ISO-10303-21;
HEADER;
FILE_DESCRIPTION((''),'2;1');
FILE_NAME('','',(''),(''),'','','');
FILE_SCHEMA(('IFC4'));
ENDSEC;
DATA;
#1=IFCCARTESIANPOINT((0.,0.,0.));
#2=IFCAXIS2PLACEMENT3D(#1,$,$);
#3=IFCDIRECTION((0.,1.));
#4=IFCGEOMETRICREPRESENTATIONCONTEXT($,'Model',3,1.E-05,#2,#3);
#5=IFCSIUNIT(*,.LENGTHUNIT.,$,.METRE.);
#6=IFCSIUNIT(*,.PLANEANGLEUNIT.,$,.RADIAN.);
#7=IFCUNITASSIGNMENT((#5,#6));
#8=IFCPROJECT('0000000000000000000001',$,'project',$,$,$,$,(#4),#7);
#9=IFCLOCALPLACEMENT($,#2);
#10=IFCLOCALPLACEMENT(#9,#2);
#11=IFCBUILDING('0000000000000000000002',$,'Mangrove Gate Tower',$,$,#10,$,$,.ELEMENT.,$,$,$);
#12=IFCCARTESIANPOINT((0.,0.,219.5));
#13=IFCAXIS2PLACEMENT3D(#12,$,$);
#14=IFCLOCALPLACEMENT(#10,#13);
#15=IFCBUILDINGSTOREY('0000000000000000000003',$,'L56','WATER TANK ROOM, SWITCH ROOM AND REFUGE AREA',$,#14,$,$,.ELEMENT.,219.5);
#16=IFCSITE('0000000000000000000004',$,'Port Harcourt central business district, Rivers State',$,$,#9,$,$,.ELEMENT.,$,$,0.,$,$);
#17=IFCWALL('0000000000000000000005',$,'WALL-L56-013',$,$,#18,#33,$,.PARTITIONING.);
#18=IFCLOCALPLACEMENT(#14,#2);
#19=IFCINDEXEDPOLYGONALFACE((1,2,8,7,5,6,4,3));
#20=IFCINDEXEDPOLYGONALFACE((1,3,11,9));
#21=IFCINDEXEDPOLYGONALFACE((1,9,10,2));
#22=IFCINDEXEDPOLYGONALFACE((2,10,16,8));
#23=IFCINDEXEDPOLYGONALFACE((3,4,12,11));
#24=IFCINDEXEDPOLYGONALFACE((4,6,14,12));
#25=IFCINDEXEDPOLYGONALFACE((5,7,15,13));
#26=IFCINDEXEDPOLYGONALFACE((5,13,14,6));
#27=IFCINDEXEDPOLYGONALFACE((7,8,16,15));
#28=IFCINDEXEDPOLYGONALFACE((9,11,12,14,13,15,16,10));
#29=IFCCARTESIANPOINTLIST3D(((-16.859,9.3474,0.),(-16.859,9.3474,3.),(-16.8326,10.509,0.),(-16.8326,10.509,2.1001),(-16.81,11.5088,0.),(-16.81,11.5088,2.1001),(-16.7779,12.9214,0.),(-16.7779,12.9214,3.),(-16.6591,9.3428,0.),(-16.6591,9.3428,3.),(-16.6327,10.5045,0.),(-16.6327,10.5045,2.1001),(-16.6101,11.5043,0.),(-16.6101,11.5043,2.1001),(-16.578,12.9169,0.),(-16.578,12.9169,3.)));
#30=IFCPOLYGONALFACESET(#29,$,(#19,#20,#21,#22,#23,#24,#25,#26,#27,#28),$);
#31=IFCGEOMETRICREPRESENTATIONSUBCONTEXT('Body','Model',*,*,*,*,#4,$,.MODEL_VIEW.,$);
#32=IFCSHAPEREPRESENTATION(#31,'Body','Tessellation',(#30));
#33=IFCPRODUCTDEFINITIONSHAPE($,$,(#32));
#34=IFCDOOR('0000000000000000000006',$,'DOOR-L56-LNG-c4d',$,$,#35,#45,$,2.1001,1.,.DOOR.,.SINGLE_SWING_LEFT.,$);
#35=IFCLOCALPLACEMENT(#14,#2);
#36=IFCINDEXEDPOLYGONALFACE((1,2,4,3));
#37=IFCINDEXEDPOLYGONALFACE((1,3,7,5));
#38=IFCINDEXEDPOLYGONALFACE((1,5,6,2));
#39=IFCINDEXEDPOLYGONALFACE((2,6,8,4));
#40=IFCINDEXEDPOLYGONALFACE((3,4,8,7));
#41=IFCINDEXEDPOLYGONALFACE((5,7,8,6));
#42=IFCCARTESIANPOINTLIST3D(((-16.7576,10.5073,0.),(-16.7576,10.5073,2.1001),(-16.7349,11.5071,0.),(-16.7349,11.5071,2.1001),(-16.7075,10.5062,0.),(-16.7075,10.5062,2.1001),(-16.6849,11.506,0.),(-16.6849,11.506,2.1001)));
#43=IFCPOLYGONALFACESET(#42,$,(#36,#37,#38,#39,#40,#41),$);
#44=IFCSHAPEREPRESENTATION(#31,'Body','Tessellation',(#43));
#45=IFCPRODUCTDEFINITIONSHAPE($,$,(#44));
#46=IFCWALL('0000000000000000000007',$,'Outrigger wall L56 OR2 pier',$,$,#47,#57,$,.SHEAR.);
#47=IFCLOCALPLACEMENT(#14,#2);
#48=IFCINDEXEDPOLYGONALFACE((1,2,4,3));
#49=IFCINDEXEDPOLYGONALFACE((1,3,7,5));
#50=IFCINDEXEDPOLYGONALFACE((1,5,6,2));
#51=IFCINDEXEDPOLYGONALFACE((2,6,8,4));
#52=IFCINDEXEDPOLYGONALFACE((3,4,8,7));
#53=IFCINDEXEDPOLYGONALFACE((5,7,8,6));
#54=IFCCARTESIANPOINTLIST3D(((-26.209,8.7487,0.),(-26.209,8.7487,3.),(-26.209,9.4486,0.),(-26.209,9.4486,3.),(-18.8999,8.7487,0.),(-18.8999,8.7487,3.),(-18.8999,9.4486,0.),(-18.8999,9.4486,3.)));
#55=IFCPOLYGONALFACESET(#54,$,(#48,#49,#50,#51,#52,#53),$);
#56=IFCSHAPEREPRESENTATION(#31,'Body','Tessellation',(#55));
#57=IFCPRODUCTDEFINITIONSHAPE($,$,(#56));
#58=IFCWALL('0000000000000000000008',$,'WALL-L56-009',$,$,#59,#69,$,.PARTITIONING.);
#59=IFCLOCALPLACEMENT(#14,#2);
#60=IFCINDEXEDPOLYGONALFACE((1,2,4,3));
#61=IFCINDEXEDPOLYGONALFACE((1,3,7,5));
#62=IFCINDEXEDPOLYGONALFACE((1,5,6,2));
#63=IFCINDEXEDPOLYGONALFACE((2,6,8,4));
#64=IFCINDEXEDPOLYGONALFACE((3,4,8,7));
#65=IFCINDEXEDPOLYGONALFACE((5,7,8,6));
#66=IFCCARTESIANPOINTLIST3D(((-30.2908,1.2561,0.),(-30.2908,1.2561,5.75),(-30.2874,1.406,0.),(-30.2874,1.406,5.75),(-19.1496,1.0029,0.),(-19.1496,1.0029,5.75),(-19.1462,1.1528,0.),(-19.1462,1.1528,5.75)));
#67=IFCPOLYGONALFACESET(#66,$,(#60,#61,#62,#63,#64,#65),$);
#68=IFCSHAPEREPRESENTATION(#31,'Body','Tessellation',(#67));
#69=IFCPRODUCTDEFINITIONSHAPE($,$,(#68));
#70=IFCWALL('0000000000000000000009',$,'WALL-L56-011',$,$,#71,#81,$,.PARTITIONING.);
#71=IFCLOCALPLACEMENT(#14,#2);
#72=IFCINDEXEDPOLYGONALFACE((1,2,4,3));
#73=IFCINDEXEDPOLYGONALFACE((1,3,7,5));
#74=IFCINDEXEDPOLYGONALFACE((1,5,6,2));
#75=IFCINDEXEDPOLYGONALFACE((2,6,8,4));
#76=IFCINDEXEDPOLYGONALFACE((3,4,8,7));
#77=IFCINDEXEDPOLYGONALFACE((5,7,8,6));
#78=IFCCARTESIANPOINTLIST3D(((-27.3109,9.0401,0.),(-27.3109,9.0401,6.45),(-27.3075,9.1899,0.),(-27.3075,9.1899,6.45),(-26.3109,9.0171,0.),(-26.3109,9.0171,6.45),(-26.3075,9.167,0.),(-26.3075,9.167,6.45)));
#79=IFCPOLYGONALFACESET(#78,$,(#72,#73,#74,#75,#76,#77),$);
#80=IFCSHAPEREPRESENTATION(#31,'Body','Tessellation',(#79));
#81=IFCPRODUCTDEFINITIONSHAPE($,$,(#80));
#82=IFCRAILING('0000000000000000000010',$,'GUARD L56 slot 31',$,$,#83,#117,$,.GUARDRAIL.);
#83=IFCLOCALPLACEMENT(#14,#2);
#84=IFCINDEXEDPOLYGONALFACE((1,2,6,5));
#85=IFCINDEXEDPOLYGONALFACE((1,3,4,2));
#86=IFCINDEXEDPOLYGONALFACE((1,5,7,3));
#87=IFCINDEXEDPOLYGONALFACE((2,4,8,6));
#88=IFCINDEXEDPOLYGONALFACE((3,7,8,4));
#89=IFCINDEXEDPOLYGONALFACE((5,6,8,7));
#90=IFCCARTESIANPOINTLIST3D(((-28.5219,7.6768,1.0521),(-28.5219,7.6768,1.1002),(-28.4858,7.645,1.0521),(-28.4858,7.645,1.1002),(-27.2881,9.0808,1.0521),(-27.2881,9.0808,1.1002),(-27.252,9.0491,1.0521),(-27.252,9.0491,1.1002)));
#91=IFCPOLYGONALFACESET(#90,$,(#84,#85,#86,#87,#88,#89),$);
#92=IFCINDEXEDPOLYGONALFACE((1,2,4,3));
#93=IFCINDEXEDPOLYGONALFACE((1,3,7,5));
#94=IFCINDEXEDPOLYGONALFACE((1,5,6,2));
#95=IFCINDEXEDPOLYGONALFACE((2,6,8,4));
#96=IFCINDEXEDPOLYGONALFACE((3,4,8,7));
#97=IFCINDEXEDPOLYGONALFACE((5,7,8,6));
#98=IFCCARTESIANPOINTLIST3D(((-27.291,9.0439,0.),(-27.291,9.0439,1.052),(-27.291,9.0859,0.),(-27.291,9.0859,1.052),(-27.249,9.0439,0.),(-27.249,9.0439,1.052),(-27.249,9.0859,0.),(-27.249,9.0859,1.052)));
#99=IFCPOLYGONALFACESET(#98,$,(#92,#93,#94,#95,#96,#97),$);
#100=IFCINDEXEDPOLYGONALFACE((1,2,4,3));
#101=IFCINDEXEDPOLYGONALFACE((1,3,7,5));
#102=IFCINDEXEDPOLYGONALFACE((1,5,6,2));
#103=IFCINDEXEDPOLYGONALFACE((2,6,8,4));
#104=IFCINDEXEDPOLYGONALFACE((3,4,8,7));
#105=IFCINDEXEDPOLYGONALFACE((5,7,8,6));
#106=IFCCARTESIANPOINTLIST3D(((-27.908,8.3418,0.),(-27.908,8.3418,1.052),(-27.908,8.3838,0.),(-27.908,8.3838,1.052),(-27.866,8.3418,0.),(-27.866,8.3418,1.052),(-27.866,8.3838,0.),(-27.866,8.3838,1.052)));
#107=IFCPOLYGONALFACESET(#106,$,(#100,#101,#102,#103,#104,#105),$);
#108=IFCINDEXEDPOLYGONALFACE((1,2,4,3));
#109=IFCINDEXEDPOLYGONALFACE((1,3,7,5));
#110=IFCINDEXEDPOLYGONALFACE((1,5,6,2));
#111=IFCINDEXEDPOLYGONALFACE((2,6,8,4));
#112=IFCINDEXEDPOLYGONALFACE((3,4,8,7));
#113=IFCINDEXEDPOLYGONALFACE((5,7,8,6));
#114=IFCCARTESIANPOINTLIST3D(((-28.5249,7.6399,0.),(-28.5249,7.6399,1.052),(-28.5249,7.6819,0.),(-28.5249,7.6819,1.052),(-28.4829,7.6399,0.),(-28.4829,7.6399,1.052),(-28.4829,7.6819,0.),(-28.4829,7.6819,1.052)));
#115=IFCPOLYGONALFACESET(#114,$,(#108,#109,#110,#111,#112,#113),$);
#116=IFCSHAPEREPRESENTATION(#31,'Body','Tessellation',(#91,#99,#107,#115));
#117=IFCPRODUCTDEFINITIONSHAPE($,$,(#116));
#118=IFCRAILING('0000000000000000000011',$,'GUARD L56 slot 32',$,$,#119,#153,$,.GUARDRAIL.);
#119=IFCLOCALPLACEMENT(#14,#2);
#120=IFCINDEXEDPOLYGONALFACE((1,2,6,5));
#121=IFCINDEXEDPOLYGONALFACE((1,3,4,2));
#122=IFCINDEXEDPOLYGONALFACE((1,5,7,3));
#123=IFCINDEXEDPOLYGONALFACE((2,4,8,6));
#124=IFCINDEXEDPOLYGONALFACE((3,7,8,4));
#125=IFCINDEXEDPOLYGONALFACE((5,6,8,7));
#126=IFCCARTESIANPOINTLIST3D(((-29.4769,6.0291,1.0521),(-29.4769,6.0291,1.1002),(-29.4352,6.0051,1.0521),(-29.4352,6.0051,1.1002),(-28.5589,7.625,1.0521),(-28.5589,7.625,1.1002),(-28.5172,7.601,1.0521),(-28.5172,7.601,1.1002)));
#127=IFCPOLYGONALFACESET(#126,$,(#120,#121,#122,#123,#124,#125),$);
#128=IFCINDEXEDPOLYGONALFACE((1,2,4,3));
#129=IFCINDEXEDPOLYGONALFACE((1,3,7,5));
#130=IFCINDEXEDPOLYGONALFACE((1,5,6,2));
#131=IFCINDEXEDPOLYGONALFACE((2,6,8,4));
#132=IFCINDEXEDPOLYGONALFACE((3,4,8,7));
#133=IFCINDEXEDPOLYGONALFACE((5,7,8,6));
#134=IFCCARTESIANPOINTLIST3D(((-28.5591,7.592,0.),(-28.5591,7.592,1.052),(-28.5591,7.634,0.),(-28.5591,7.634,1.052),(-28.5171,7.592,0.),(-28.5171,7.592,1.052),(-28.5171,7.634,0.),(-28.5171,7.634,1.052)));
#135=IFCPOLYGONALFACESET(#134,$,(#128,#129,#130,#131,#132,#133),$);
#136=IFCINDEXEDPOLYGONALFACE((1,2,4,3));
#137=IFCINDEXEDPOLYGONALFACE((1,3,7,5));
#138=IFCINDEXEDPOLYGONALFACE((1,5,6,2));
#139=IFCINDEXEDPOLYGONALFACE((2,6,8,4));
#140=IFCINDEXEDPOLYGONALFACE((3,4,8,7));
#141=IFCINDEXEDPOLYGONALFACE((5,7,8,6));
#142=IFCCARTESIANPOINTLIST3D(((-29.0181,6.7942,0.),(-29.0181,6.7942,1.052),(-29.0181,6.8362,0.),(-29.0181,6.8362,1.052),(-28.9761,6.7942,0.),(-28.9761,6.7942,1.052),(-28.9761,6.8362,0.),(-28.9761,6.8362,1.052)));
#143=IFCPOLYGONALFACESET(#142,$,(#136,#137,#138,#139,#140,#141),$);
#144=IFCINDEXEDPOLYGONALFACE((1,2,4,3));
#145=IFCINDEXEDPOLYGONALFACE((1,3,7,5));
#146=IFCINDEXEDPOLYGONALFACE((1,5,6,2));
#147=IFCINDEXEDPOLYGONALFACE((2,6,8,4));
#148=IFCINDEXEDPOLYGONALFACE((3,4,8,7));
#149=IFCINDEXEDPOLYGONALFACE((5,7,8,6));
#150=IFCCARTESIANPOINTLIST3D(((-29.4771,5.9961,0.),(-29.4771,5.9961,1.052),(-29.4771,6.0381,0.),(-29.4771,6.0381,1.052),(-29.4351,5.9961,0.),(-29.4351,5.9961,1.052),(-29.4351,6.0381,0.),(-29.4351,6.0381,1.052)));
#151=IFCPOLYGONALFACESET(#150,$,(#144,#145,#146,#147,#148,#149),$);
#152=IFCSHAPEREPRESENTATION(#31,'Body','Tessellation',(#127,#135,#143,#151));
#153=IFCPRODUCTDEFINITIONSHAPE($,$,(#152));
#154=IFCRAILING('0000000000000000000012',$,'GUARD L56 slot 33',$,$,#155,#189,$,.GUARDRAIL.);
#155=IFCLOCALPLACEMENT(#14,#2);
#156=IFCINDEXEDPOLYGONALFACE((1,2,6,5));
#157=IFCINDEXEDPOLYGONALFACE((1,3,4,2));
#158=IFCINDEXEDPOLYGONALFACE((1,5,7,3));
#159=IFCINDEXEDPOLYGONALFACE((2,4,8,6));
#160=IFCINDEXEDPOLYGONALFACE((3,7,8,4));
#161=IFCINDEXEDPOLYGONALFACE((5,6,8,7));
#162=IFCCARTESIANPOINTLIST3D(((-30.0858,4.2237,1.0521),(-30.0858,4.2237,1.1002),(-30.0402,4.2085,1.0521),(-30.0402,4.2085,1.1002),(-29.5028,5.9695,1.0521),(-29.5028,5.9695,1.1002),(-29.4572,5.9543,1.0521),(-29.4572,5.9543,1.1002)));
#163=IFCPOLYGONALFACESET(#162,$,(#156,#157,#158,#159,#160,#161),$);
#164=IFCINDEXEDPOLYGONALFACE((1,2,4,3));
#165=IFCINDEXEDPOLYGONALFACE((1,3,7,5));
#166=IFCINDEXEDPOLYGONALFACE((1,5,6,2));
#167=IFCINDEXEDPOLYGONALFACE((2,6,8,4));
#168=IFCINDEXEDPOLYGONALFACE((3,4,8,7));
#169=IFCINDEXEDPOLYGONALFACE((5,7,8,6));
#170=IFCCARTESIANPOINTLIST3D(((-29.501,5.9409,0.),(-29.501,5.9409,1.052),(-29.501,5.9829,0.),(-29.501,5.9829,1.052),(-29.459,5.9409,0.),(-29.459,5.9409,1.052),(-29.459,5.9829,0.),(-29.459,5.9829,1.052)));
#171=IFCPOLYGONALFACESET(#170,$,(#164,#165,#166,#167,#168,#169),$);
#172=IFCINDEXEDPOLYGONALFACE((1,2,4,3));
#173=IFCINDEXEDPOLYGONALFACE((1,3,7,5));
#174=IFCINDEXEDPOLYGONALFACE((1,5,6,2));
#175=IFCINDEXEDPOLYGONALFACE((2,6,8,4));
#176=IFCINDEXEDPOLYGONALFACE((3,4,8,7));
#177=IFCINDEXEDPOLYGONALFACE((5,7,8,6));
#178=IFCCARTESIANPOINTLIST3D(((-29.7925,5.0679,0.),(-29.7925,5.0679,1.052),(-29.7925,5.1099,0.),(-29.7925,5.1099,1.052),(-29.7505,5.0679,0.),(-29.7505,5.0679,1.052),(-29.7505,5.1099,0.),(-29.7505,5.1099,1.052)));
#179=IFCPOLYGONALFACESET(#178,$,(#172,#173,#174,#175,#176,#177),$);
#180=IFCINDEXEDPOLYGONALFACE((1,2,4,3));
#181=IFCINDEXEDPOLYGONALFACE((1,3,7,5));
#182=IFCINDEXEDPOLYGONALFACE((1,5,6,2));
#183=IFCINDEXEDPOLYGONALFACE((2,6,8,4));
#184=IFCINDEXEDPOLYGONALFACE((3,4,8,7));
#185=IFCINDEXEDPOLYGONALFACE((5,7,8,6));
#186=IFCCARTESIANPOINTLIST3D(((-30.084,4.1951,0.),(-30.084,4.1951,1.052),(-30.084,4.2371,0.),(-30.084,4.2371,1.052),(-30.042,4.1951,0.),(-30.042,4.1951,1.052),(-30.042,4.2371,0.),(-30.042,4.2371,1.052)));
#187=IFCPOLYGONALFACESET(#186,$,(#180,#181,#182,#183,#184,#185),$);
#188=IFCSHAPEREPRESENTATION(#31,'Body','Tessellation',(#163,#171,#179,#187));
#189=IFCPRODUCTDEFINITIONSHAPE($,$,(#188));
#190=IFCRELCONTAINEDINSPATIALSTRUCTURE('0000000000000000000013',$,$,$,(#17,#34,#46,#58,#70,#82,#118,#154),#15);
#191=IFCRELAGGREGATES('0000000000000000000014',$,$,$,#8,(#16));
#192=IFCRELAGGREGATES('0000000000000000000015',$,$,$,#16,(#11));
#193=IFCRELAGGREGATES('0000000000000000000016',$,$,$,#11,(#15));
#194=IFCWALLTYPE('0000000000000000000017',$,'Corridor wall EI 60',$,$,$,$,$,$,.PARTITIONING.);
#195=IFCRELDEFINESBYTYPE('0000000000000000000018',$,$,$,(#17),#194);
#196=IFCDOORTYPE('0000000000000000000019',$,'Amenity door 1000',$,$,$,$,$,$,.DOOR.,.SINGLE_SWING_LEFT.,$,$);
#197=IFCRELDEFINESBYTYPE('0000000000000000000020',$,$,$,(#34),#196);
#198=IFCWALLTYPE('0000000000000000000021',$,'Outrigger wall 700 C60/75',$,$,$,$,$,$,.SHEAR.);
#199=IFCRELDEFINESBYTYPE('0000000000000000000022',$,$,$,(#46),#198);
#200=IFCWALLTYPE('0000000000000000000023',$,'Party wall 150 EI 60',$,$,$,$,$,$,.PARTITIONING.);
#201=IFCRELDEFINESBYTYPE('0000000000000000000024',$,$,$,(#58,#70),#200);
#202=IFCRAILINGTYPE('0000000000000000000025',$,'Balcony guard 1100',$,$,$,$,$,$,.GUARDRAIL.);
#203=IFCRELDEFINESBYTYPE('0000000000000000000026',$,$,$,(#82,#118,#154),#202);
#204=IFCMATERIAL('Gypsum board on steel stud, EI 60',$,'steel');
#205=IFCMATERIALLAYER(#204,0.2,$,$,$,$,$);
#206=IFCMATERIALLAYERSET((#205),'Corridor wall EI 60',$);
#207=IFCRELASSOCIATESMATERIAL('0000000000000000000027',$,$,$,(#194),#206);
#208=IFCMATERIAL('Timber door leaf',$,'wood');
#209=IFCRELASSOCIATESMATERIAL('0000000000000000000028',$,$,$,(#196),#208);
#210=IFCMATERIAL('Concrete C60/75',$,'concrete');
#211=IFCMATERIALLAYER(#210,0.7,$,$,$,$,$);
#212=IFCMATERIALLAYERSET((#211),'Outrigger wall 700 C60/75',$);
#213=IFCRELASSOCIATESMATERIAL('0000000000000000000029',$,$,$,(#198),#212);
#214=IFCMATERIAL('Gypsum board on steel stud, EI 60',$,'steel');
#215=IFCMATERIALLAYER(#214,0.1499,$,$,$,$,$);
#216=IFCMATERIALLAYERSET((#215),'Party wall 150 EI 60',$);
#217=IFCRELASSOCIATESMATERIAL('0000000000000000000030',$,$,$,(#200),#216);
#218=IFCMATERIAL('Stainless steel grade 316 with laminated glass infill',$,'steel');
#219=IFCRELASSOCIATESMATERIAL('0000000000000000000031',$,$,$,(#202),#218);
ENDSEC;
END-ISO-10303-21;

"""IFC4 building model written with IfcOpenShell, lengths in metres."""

from ifc_helpers import new_model, si_unit, direction, frame, frame_2d, origin, origin_2d, place, context, subcontext, project, spatial, rectangle, extrude, material, layer, layer_set, type_object, element, fill, save


model = new_model("IFC4")

# Units and contexts
model_context = context("Model", 3, precision=1e-05, world=origin(), true_north=direction((0.0, 1.0)))
body_context = subcontext(model_context, "Body", "Model", "MODEL_VIEW")
ifc_project = project(units=[si_unit("LENGTHUNIT", "METRE"), si_unit("PLANEANGLEUNIT", "RADIAN")], contexts=[model_context])

# Site, building, storey
site_placement = place(None, origin())
site = spatial("IfcSite", under=ifc_project, at=site_placement, Name="Port Harcourt central business district, Rivers State", CompositionType="ELEMENT", RefElevation=0.0)
building_placement = place(site_placement, origin())
building = spatial("IfcBuilding", under=site, at=building_placement, Name="Mangrove Gate Tower", CompositionType="ELEMENT")
storey_placement = place(building_placement, frame((0.0, 0.0, 219.5)))
storey = spatial("IfcBuildingStorey", under=building, at=storey_placement, Name="L56", Description="WATER TANK ROOM, SWITCH ROOM AND REFUGE AREA", CompositionType="ELEMENT", Elevation=219.5)

# Wall, opening, door
ifc_material_1 = material(Name="Gypsum board on steel stud, EI 60", Category="steel")
ifc_layer_1 = layer(ifc_material_1, 0.2)
ifc_layer_set_1 = layer_set([ifc_layer_1], Name="Corridor wall EI 60")
wall_type_1 = type_object("IfcWallType", Name="Corridor wall EI 60", PredefinedType="PARTITIONING", material=ifc_layer_set_1)
ifc_material_2 = material(Name="Timber door leaf", Category="wood")
door_type = type_object("IfcDoorType", Name="Amenity door 1000", OperationType="SINGLE_SWING_LEFT", PredefinedType="DOOR", material=ifc_material_2)
wall_1_placement = place(storey_placement, frame((-16.759, 9.345, 0.0), z_axis=(0.0, 0.0, 1.0), x_axis=(0.022673, 0.999743, 0.0)))
wall_1 = element("IfcWall", 1, at=wall_1_placement, inside=storey, type_object=wall_type_1, Name="WALL-L56-013", PredefinedType="PARTITIONING", context=body_context, shape_type="SweptSolid", body=[
    extrude(rectangle(XDim=3.575, YDim=0.2, at=frame_2d((1.7876, 0.0))), origin(), (0.0, 0.0, 1.0), 3.0),
])
opening_1_placement = place(wall_1_placement, frame((1.1621, 0.0, 0.0)))
opening_1 = element("IfcOpeningElement", 2, at=opening_1_placement, cuts=wall_1, PredefinedType="OPENING", context=body_context, shape_type="SweptSolid", body=[
    extrude(rectangle(XDim=1.0, YDim=2.1001, at=frame_2d((0.5, 1.05))), frame((0.0, 0.1099, 0.0), z_axis=(0.0, -1.0, 0.0), x_axis=(1.0, 0.0, 0.0)), (0.0, 0.0, 1.0), 0.22),
])
door_1_placement = place(opening_1_placement, origin())
door_1 = element("IfcDoor", 3, at=door_1_placement, inside=storey, type_object=door_type, Name="DOOR-L56-LNG-c4d", OperationType="SINGLE_SWING_LEFT", OverallHeight=2.1001, OverallWidth=1.0, PredefinedType="DOOR", context=body_context, shape_type="SweptSolid", body=[
    extrude(rectangle(XDim=1.0, YDim=2.1001, at=frame_2d((0.5, 1.05))), frame((0.0, 0.0249, 0.0), z_axis=(0.0, -1.0, 0.0), x_axis=(1.0, 0.0, 0.0)), (0.0, 0.0, 1.0), 0.05),
])
fill(opening_1, door_1)

# Walls
ifc_material_3 = material(Name="Concrete C60/75", Category="concrete")
ifc_layer_2 = layer(ifc_material_3, 0.7)
ifc_layer_set_2 = layer_set([ifc_layer_2], Name="Outrigger wall 700 C60/75")
wall_type_2 = type_object("IfcWallType", Name="Outrigger wall 700 C60/75", PredefinedType="SHEAR", material=ifc_layer_set_2)
wall_2_placement = place(storey_placement, frame((-18.8999, 9.0986, 0.0), z_axis=(0.0, 0.0, 1.0), x_axis=(-1.0, 0.0, 0.0)))
element("IfcWall", 4, at=wall_2_placement, inside=storey, type_object=wall_type_2, Name="Outrigger wall L56 OR2 pier", PredefinedType="SHEAR", context=body_context, shape_type="SweptSolid", body=[
    extrude(rectangle(XDim=7.3091, YDim=0.7, at=frame_2d((3.6545, 0.0))), origin(), (0.0, 0.0, 1.0), 3.0),
])
ifc_material_4 = material(Name="Gypsum board on steel stud, EI 60", Category="steel")
ifc_layer_3 = layer(ifc_material_4, 0.1499)
ifc_layer_set_3 = layer_set([ifc_layer_3], Name="Party wall 150 EI 60")
wall_type_3 = type_object("IfcWallType", Name="Party wall 150 EI 60", PredefinedType="PARTITIONING", material=ifc_layer_set_3)
wall_3_placement = place(storey_placement, frame((-30.2891, 1.3311, 0.0), z_axis=(0.0, 0.0, 1.0), x_axis=(0.999742, -0.022718, 0.0)))
element("IfcWall", 5, at=wall_3_placement, inside=storey, type_object=wall_type_3, Name="WALL-L56-009", PredefinedType="PARTITIONING", context=body_context, shape_type="SweptSolid", body=[
    extrude(rectangle(XDim=11.144, YDim=0.1499, at=frame_2d((5.572, 0.0))), origin(), (0.0, 0.0, 1.0), 5.75),
])
wall_4_placement = place(storey_placement, frame((-27.3091, 9.115, 0.0), z_axis=(0.0, 0.0, 1.0), x_axis=(0.999737, -0.022943, 0.0)))
element("IfcWall", 6, at=wall_4_placement, inside=storey, type_object=wall_type_3, Name="WALL-L56-011", PredefinedType="PARTITIONING", context=body_context, shape_type="SweptSolid", body=[
    extrude(rectangle(XDim=1.0002, YDim=0.1499, at=frame_2d((0.5, 0.0))), origin(), (0.0, 0.0, 1.0), 6.45),
])

# Railings
ifc_material_5 = material(Name="Stainless steel grade 316 with laminated glass infill", Category="steel")
railing_type = type_object("IfcRailingType", Name="Balcony guard 1100", PredefinedType="GUARDRAIL", material=ifc_material_5)
railing_1_placement = place(storey_placement, frame((-27.27, 9.0649, 0.0)))
element("IfcRailing", 7, at=railing_1_placement, inside=storey, type_object=railing_type, Name="GUARD L56 slot 31", PredefinedType="GUARDRAIL", context=body_context, shape_type="SweptSolid", body=[
    extrude(rectangle(XDim=0.0481, YDim=0.0481, at=origin_2d()), frame((0.0, 0.0, 1.0762), z_axis=(-0.660121, -0.751159, 0.0), x_axis=(0.751159, -0.660121, 0.0)), (0.0, 0.0, 1.0), 1.8691),
    extrude(rectangle(XDim=0.042, YDim=0.042, at=origin_2d()), origin(), (0.0, 0.0, 1.0), 1.052),
    extrude(rectangle(XDim=0.042, YDim=0.042, at=origin_2d()), frame((-0.6169, -0.7021, 0.0)), (0.0, 0.0, 1.0), 1.052),
    extrude(rectangle(XDim=0.042, YDim=0.042, at=origin_2d()), frame((-1.2339, -1.4041, 0.0)), (0.0, 0.0, 1.0), 1.052),
])
railing_2_placement = place(storey_placement, frame((-28.5381, 7.613, 0.0)))
element("IfcRailing", 8, at=railing_2_placement, inside=storey, type_object=railing_type, Name="GUARD L56 slot 32", PredefinedType="GUARDRAIL", context=body_context, shape_type="SweptSolid", body=[
    extrude(rectangle(XDim=0.0481, YDim=0.0481, at=origin_2d()), frame((0.0, 0.0, 1.0762), z_axis=(-0.498593, -0.866836, 0.0), x_axis=(0.866836, -0.498593, 0.0)), (0.0, 0.0, 1.0), 1.8411),
    extrude(rectangle(XDim=0.042, YDim=0.042, at=origin_2d()), origin(), (0.0, 0.0, 1.0), 1.052),
    extrude(rectangle(XDim=0.042, YDim=0.042, at=origin_2d()), frame((-0.459, -0.7979, 0.0)), (0.0, 0.0, 1.0), 1.052),
    extrude(rectangle(XDim=0.042, YDim=0.042, at=origin_2d()), frame((-0.918, -1.5959, 0.0)), (0.0, 0.0, 1.0), 1.052),
])
railing_3_placement = place(storey_placement, frame((-29.48, 5.9619, 0.0)))
element("IfcRailing", 9, at=railing_3_placement, inside=storey, type_object=railing_type, Name="GUARD L56 slot 33", PredefinedType="GUARDRAIL", context=body_context, shape_type="SweptSolid", body=[
    extrude(rectangle(XDim=0.0481, YDim=0.0481, at=origin_2d()), frame((0.0, 0.0, 1.0762), z_axis=(-0.316745, -0.948511, 0.0), x_axis=(0.948511, -0.316745, 0.0)), (0.0, 0.0, 1.0), 1.8406),
    extrude(rectangle(XDim=0.042, YDim=0.042, at=origin_2d()), origin(), (0.0, 0.0, 1.0), 1.052),
    extrude(rectangle(XDim=0.042, YDim=0.042, at=origin_2d()), frame((-0.2915, -0.873, 0.0)), (0.0, 0.0, 1.0), 1.052),
    extrude(rectangle(XDim=0.042, YDim=0.042, at=origin_2d()), frame((-0.583, -1.7458, 0.0)), (0.0, 0.0, 1.0), 1.052),
])

save(model, "model.ifc")
